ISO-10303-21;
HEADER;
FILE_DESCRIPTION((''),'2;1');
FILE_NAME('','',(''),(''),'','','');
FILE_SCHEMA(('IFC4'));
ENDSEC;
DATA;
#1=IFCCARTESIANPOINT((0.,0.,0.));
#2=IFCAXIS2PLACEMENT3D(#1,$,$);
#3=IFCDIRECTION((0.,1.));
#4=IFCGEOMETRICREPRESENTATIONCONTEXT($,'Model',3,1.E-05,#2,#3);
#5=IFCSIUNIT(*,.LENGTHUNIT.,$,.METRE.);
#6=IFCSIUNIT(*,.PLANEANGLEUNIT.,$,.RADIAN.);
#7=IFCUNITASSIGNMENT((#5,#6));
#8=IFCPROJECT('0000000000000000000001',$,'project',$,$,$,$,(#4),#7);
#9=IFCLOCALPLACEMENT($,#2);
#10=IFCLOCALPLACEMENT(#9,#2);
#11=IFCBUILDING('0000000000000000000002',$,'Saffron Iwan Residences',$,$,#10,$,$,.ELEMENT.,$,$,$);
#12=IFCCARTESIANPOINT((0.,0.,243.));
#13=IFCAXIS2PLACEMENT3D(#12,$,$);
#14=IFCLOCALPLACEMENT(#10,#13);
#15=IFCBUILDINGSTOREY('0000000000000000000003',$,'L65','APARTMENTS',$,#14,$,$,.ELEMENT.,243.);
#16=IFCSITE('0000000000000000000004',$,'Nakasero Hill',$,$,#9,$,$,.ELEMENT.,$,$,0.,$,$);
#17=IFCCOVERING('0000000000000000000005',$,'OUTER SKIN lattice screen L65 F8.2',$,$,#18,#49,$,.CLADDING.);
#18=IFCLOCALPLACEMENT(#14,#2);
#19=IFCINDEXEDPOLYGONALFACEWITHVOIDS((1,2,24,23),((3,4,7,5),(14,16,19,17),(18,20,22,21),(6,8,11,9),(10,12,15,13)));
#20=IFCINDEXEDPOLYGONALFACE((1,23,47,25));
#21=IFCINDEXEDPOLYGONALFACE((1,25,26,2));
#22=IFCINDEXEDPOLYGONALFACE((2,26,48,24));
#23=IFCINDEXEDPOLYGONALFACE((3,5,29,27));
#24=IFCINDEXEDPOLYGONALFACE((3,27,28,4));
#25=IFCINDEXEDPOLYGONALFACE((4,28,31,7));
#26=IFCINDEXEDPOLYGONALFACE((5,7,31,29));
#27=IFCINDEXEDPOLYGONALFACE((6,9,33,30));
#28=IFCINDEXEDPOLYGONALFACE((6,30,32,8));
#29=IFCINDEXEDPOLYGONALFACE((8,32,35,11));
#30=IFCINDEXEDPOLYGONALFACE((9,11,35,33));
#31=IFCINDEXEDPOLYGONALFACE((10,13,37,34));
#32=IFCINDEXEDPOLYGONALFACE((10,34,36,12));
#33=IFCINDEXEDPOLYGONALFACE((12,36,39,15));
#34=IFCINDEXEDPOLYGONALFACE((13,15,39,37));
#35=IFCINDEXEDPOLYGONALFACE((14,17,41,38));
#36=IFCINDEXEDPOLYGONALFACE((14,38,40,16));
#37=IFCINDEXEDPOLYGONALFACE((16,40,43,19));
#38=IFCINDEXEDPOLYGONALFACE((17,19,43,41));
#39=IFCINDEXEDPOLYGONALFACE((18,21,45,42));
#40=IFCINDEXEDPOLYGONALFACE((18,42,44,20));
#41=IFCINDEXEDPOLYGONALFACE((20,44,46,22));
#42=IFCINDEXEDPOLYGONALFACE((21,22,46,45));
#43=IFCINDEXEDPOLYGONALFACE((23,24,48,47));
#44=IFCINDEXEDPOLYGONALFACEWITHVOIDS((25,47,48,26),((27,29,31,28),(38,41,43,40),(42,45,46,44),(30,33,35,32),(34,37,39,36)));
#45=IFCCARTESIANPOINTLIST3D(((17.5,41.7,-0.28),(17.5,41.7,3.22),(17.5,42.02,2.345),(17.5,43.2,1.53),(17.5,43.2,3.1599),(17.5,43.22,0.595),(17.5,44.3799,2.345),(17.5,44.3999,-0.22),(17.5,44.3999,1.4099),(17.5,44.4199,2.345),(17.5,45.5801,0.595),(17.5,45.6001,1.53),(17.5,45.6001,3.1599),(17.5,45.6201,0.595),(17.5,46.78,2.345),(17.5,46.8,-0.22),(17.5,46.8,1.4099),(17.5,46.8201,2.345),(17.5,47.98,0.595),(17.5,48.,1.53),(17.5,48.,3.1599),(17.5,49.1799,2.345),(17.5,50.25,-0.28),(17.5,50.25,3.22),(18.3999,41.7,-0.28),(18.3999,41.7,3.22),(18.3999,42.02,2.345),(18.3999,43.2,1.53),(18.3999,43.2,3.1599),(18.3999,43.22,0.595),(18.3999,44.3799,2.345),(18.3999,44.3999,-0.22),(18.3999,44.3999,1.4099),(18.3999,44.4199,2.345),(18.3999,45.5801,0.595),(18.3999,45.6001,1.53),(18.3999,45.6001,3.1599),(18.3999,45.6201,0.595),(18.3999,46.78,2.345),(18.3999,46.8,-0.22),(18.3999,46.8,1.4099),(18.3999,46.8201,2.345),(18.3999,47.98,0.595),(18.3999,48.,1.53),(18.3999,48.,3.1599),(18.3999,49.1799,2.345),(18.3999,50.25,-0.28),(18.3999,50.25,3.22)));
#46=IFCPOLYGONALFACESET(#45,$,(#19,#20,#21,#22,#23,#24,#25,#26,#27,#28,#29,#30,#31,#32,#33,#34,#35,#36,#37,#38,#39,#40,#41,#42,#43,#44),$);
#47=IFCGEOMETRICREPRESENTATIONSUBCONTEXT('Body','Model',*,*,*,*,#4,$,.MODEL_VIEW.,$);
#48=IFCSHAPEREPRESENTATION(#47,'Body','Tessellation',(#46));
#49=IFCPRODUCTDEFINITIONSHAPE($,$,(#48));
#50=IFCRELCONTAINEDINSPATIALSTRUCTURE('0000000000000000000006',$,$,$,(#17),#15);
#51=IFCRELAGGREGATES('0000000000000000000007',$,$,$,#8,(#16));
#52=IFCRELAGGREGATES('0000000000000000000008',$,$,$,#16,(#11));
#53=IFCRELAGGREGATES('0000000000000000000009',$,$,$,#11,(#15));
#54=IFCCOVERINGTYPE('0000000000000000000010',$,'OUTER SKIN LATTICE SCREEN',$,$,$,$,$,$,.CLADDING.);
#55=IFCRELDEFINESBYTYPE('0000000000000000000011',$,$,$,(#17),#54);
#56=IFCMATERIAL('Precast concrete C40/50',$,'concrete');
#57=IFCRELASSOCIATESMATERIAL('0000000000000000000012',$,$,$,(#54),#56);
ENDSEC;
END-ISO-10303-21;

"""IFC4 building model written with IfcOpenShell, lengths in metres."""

from ifc_helpers import new_model, si_unit, direction, frame, origin, place, context, subcontext, project, spatial, polyline, outline, extrude, material, type_object, element, save


model = new_model("IFC4")

# Units and contexts
model_context = context("Model", 3, precision=1e-05, world=origin(), true_north=direction((0.0, 1.0)))
body_context = subcontext(model_context, "Body", "Model", "MODEL_VIEW")
ifc_project = project(units=[si_unit("LENGTHUNIT", "METRE"), si_unit("PLANEANGLEUNIT", "RADIAN")], contexts=[model_context])

# Site, building, storey
site_placement = place(None, origin())
site = spatial("IfcSite", under=ifc_project, at=site_placement, Name="Nakasero Hill", CompositionType="ELEMENT", RefElevation=0.0)
building_placement = place(site_placement, origin())
building = spatial("IfcBuilding", under=site, at=building_placement, Name="Saffron Iwan Residences", CompositionType="ELEMENT")
storey_placement = place(building_placement, frame((0.0, 0.0, 243.0)))
storey = spatial("IfcBuildingStorey", under=building, at=storey_placement, Name="L65", Description="APARTMENTS", CompositionType="ELEMENT", Elevation=243.0)

# Covering
ifc_material_1 = material(Name="Precast concrete C40/50", Category="concrete")
covering_type = type_object("IfcCoveringType", Name="OUTER SKIN LATTICE SCREEN", PredefinedType="CLADDING", material=ifc_material_1)
covering_placement = place(storey_placement, frame((18.3999, 50.25, -0.28), z_axis=(-1.0, 0.0, 0.0), x_axis=(0.0, -1.0, 0.0)))
element("IfcCovering", 1, at=covering_placement, inside=storey, type_object=covering_type, Name="OUTER SKIN lattice screen L65 F8.2", PredefinedType="CLADDING", context=body_context, shape_type="SweptSolid", body=[
    extrude(outline(polyline([(0.0, 0.0), (8.55, 0.0), (8.55, 3.5), (0.0, 3.5), (0.0, 0.0)]), holes=[polyline([(2.27, 0.875), (3.45, 0.0601), (4.6299, 0.875), (3.45, 1.6899), (2.27, 0.875)]), polyline([(4.6699, 0.875), (5.8501, 0.0601), (7.03, 0.875), (5.8501, 1.6899), (4.6699, 0.875)]), polyline([(1.0701, 2.625), (2.25, 1.8101), (3.4299, 2.625), (2.25, 3.4399), (1.0701, 2.625)]), polyline([(3.47, 2.625), (4.6499, 1.8101), (5.8301, 2.625), (4.6499, 3.4399), (3.47, 2.625)]), polyline([(5.8701, 2.625), (7.05, 1.8101), (8.23, 2.625), (7.05, 3.4399), (5.8701, 2.625)])]), origin(), (0.0, 0.0, 1.0), 0.8999),
])

save(model, "model.ifc")
